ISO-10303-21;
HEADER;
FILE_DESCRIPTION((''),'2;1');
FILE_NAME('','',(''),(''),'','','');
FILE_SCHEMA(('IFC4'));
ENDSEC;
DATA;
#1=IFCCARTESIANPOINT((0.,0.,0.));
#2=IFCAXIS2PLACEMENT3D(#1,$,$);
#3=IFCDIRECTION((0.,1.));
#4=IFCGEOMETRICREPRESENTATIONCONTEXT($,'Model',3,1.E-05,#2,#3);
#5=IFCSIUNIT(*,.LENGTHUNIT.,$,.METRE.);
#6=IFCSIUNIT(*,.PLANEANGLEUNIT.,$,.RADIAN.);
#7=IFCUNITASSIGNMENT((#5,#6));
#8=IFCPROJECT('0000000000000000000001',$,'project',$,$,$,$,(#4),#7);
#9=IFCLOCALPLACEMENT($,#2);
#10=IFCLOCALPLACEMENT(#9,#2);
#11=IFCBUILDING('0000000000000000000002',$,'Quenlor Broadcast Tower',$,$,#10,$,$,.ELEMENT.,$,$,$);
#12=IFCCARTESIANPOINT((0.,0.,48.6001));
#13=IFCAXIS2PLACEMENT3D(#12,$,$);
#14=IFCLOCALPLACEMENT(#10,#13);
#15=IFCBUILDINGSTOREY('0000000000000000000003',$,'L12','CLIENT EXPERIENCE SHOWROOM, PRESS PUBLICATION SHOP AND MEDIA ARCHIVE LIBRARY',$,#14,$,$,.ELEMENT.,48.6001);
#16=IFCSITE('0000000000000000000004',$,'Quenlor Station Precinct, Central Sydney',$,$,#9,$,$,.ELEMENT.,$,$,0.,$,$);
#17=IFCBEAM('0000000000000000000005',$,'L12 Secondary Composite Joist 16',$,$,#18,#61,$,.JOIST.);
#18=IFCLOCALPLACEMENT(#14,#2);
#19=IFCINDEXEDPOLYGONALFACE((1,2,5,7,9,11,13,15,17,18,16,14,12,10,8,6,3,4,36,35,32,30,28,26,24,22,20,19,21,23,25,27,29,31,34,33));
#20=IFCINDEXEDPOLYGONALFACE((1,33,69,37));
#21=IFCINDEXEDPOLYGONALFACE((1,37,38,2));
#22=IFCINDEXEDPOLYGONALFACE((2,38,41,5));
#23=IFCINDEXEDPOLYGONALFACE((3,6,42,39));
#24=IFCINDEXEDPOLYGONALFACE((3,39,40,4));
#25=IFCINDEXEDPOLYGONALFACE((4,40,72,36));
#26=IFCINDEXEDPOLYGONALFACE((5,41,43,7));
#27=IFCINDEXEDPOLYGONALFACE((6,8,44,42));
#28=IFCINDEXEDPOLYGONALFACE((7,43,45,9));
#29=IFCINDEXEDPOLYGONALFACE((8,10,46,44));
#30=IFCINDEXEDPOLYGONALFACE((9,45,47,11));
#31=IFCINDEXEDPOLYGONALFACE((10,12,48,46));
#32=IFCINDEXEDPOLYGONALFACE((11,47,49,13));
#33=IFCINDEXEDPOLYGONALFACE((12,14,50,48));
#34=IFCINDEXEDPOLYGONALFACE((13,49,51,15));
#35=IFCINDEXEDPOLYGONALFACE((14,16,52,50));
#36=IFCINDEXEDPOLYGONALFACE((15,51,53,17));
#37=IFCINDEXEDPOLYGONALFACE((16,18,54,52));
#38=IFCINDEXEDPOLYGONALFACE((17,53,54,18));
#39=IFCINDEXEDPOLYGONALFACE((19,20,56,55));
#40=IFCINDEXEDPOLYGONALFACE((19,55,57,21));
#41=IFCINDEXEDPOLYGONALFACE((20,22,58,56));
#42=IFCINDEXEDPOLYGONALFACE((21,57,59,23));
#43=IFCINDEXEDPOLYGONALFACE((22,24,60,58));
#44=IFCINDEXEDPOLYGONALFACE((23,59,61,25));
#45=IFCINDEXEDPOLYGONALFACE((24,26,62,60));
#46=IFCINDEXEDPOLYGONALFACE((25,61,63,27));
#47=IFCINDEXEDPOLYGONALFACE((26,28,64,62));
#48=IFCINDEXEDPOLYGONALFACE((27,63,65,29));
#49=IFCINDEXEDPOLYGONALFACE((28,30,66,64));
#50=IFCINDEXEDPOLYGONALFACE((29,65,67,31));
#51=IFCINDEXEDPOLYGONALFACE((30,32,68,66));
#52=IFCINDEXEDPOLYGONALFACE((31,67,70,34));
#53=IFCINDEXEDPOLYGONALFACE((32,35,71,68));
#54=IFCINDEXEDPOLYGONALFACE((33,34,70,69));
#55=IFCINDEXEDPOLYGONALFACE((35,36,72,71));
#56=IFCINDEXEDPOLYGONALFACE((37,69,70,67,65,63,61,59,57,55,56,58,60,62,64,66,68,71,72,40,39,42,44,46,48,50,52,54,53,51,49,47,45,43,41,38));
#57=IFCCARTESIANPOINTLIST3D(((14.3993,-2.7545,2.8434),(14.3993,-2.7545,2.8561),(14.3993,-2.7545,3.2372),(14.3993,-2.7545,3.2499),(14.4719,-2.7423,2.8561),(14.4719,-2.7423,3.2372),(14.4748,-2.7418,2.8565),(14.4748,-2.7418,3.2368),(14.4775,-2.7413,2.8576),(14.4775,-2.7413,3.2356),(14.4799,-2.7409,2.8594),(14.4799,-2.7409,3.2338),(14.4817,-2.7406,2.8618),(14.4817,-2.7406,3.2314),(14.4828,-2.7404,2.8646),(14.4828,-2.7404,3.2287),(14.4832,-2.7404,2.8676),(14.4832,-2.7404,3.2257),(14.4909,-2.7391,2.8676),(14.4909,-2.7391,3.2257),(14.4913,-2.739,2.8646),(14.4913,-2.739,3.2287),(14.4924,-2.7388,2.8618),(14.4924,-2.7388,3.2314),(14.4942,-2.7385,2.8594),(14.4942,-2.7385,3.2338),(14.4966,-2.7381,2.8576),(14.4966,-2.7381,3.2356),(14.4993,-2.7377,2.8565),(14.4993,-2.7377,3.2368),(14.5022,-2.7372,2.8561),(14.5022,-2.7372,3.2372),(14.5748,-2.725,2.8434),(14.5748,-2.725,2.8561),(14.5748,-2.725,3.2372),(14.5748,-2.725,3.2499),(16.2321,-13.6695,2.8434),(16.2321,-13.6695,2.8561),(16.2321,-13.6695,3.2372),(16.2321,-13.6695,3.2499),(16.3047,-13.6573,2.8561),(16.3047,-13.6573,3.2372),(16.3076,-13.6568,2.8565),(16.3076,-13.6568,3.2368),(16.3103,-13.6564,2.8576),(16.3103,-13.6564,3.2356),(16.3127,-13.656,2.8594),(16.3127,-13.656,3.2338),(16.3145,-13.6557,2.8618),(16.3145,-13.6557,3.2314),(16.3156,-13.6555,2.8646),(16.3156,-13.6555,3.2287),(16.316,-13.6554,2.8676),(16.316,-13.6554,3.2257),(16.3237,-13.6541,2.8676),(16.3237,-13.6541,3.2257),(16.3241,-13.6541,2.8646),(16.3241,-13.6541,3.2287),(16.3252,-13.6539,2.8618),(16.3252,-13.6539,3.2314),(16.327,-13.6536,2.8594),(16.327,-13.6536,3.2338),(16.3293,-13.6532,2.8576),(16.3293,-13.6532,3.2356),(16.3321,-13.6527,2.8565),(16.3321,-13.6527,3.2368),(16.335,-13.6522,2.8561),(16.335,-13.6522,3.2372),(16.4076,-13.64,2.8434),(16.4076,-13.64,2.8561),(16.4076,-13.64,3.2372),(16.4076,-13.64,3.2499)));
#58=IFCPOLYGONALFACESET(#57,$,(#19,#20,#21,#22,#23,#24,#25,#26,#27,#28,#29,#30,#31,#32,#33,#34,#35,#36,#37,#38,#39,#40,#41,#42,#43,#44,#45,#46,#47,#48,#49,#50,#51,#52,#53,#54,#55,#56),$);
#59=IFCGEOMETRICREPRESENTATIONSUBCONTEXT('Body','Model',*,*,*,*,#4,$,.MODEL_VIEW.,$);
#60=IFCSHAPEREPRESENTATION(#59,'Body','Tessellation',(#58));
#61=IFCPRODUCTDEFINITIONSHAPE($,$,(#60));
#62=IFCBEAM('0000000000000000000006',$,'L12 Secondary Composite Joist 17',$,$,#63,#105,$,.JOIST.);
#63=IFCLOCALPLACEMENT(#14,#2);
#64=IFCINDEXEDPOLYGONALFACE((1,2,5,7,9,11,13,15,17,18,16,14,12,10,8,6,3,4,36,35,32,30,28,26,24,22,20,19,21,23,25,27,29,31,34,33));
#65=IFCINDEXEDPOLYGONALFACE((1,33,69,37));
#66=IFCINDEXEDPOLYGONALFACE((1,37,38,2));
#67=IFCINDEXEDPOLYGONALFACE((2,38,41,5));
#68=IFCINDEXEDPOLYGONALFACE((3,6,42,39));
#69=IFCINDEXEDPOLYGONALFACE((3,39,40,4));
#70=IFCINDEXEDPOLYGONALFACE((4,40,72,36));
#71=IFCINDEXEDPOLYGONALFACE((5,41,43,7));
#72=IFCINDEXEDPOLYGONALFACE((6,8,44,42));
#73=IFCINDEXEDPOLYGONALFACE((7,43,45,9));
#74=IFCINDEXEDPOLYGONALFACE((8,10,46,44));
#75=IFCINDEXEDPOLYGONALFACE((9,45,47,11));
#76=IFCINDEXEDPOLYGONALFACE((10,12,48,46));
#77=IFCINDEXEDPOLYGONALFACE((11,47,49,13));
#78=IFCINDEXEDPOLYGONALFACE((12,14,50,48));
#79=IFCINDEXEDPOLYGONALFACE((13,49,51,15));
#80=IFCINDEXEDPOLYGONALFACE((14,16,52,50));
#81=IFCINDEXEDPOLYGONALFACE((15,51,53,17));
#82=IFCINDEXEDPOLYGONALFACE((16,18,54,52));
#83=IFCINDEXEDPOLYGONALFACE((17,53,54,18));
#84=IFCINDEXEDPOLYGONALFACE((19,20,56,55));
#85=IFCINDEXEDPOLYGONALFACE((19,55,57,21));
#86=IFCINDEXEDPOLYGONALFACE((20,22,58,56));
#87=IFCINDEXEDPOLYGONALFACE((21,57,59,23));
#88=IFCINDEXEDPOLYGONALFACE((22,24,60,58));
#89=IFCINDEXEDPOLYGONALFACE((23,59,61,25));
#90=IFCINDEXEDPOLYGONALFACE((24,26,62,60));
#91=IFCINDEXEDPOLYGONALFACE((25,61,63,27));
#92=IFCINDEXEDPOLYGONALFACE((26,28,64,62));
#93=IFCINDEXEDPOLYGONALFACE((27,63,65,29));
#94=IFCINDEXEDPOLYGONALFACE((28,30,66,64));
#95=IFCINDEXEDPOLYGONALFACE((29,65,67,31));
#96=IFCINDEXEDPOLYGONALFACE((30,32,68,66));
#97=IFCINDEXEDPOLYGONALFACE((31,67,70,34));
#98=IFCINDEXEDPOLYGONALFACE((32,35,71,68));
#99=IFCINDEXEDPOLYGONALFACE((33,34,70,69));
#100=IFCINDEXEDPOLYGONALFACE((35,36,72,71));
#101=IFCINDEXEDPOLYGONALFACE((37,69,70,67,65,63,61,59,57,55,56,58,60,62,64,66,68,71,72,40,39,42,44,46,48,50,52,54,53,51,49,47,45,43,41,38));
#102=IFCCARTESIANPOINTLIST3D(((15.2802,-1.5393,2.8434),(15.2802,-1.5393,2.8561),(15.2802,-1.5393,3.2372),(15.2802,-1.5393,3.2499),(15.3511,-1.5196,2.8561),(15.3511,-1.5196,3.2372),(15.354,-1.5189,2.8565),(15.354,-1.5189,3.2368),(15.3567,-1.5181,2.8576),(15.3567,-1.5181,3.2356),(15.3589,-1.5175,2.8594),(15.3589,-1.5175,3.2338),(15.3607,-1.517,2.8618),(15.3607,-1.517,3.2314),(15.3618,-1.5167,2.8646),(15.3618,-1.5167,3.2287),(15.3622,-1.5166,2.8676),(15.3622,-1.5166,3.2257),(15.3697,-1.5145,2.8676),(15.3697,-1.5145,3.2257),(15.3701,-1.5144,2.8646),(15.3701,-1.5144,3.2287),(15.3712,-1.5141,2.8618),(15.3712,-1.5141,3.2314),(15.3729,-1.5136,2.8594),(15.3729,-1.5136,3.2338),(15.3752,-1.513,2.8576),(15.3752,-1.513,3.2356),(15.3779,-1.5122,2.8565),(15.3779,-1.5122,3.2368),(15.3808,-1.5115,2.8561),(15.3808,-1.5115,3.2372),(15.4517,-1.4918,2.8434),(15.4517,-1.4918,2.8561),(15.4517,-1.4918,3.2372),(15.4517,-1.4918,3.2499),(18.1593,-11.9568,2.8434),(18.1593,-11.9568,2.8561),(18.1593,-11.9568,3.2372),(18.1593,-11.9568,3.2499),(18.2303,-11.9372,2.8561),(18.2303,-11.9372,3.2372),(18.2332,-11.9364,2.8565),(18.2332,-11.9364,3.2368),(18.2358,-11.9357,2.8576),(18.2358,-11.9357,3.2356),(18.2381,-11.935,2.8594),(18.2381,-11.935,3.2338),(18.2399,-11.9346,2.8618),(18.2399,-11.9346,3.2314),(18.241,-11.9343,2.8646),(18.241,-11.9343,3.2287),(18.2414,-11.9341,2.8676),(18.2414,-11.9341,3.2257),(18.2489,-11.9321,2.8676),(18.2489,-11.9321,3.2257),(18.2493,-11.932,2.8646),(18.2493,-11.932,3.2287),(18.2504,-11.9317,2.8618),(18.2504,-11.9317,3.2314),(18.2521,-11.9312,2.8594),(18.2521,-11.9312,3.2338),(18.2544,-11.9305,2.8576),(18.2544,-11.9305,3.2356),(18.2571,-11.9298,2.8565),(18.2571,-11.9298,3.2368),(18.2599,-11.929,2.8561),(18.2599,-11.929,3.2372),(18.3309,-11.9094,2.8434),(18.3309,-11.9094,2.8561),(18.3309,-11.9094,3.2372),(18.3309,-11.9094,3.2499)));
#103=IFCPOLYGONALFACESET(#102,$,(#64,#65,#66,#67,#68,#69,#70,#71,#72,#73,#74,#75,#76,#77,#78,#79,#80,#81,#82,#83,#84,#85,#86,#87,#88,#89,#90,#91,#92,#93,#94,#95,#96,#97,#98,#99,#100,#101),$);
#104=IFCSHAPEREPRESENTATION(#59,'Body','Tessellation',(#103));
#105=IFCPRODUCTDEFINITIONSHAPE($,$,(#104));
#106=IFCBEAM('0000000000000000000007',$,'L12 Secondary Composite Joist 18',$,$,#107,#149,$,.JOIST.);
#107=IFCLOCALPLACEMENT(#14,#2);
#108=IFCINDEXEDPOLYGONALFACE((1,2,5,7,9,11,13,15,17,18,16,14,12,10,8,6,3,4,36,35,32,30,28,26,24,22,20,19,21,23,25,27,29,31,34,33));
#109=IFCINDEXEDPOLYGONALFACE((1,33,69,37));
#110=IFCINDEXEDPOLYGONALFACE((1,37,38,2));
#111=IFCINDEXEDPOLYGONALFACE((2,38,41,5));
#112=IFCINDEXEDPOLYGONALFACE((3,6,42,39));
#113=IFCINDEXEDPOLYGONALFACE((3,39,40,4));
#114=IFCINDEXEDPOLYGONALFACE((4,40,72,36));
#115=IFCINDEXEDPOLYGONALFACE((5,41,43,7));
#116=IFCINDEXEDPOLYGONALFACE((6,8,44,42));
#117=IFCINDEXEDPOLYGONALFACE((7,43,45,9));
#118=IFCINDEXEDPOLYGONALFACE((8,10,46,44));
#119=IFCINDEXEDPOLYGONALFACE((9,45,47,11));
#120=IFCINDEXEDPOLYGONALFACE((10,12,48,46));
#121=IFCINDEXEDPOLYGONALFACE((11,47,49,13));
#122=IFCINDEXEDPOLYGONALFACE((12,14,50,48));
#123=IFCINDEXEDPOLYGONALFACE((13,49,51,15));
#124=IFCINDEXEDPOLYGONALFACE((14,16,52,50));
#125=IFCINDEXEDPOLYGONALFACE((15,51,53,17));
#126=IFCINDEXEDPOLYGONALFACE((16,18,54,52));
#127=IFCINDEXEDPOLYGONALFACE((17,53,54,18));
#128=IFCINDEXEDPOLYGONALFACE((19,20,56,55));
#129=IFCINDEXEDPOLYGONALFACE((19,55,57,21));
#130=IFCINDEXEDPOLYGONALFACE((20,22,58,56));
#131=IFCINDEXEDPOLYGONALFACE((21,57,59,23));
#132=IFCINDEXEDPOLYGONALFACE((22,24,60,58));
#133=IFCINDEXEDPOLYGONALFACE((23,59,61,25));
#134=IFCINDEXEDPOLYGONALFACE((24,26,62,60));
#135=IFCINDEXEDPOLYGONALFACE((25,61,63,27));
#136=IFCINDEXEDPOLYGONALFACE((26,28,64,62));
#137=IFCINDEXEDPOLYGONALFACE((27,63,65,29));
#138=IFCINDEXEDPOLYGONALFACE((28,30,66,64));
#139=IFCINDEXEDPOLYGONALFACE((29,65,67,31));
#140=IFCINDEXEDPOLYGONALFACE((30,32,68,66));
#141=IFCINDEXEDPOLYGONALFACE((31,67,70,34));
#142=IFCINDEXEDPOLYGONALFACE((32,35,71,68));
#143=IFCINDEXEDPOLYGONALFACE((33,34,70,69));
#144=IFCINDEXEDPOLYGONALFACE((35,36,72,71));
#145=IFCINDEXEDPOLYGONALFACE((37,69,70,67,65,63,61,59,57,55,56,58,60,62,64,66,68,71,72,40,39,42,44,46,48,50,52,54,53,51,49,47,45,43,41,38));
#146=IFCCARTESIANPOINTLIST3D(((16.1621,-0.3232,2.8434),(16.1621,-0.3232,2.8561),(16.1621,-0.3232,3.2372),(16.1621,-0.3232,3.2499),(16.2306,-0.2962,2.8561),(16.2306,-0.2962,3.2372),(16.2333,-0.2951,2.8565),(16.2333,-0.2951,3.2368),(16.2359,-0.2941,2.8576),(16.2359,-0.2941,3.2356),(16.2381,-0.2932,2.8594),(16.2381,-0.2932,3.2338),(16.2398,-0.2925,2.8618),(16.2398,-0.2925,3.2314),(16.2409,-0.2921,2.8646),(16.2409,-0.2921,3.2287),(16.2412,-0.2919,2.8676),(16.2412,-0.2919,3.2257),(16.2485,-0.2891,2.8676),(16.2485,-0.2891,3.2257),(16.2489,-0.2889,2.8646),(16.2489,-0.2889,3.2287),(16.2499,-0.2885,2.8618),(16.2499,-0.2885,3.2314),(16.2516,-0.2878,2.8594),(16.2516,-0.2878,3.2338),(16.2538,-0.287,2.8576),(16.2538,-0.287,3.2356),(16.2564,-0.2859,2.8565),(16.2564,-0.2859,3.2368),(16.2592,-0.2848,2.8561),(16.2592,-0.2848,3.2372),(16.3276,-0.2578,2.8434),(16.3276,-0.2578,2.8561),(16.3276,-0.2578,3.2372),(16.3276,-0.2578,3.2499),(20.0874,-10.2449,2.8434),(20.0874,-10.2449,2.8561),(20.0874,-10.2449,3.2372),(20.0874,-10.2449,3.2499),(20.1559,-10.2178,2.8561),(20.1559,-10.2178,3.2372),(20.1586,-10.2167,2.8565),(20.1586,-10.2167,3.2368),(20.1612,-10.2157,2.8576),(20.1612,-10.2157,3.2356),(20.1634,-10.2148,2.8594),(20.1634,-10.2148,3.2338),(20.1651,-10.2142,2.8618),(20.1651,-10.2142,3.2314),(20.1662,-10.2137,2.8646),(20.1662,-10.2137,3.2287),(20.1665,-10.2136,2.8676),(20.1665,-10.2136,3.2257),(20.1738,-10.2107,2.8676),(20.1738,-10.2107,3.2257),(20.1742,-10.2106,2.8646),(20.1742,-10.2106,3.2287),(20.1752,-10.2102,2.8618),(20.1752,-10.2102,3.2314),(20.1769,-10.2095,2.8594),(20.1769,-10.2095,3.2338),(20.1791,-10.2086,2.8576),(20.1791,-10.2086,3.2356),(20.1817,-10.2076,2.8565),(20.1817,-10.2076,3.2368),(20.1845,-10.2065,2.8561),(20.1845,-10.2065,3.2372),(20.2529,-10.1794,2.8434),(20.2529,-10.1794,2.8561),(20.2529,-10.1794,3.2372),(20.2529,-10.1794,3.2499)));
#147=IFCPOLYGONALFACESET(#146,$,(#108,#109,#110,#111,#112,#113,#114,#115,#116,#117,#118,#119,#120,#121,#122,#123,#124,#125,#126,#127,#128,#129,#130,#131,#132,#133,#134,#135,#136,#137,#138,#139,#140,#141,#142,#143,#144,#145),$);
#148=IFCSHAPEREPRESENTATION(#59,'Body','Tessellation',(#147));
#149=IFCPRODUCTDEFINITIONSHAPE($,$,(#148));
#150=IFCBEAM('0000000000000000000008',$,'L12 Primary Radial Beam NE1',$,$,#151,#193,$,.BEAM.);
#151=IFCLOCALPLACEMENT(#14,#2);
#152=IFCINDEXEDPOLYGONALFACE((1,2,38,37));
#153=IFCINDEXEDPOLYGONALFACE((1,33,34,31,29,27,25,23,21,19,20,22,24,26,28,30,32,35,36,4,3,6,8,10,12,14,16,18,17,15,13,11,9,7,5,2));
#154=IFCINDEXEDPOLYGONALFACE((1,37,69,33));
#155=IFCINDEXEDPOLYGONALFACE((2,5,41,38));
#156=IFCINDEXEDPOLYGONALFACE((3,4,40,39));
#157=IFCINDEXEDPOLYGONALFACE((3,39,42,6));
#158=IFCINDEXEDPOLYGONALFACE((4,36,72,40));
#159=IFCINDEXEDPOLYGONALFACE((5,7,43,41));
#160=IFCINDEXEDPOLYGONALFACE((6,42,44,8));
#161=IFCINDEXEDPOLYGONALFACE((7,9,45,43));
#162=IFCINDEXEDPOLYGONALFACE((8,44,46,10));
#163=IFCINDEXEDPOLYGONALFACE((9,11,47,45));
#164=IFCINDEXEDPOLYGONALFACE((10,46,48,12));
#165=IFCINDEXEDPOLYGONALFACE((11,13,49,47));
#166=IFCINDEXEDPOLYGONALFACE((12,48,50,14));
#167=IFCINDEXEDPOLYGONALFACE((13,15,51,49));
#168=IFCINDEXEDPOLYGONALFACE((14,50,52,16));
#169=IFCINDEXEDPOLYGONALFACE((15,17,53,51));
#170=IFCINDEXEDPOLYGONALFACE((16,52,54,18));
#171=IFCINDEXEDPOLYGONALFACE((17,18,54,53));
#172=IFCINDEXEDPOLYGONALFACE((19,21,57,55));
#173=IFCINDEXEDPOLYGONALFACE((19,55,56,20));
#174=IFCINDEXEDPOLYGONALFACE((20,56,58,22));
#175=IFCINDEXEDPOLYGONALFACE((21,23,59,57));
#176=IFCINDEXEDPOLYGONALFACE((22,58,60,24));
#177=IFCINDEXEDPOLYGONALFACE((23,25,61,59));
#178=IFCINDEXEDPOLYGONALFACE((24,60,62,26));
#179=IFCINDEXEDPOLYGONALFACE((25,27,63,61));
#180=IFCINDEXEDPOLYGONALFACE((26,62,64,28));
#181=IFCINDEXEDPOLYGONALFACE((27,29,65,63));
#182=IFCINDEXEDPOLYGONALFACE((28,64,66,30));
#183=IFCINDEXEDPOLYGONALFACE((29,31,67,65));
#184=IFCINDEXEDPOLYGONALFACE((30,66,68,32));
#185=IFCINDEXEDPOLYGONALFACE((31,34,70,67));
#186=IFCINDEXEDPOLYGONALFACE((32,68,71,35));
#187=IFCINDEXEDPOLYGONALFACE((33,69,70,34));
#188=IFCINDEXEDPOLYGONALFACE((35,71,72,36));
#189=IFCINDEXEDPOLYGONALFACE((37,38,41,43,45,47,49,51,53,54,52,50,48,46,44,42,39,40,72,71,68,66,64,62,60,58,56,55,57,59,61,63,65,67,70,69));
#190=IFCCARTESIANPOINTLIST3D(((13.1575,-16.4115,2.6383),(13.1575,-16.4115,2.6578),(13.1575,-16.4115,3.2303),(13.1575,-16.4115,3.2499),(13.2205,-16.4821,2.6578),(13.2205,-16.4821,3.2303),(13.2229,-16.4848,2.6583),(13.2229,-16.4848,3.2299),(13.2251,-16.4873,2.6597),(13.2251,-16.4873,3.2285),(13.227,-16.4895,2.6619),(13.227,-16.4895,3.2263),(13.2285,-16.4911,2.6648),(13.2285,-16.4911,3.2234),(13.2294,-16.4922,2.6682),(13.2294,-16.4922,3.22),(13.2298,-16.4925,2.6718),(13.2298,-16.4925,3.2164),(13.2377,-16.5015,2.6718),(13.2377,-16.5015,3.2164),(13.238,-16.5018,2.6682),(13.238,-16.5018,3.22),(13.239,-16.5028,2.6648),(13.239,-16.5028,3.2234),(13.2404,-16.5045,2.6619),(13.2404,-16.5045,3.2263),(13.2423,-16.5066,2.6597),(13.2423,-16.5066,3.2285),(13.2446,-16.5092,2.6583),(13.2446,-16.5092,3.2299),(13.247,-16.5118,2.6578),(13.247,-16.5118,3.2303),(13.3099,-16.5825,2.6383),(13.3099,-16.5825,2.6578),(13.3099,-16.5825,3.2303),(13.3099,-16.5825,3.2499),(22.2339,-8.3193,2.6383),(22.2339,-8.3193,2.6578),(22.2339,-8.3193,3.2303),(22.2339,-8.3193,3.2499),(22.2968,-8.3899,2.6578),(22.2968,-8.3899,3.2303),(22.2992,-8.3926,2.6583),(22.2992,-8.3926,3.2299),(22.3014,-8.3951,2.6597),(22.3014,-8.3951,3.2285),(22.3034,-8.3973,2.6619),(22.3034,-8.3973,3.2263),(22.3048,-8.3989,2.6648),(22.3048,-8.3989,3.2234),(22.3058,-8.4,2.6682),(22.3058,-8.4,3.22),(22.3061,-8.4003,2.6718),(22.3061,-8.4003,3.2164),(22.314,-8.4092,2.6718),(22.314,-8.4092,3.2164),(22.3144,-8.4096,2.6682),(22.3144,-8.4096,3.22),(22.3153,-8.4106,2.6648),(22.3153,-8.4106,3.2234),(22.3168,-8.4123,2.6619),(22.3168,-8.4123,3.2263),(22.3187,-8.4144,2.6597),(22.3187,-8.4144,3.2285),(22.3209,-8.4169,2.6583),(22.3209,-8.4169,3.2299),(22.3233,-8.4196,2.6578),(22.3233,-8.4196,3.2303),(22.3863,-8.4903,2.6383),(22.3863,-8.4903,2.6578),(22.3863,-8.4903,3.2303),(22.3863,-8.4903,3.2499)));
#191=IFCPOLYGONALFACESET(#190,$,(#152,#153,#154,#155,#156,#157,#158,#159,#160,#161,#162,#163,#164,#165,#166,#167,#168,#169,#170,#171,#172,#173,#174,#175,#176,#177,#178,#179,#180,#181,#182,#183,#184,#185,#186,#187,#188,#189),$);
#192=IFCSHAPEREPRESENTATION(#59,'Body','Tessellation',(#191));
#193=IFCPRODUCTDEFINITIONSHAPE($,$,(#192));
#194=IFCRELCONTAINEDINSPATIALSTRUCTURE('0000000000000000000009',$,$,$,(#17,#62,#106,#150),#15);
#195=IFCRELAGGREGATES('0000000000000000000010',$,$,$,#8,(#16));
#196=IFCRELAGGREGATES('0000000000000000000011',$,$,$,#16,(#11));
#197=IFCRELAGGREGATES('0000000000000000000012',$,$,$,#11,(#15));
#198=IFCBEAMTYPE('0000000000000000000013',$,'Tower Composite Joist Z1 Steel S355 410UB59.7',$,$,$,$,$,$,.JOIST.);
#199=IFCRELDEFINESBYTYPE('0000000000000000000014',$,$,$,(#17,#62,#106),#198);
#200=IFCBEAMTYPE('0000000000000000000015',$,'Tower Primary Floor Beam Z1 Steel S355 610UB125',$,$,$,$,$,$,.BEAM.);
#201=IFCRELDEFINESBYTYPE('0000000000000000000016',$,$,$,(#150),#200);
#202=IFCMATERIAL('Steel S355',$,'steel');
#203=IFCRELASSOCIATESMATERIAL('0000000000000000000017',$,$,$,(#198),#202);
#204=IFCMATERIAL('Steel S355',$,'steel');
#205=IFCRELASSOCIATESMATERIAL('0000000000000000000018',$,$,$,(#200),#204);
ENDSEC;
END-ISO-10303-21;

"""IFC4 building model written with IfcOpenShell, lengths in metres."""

from ifc_helpers import new_model, si_unit, direction, frame, origin, origin_2d, place, context, subcontext, project, spatial, i_section, extrude, material, material_profile, profile_set, type_object, element, save


model = new_model("IFC4")

# Units and contexts
model_context = context("Model", 3, precision=1e-05, world=origin(), true_north=direction((0.0, 1.0)))
body_context = subcontext(model_context, "Body", "Model", "MODEL_VIEW")
ifc_project = project(units=[si_unit("LENGTHUNIT", "METRE"), si_unit("PLANEANGLEUNIT", "RADIAN")], contexts=[model_context])

# Site, building, storey
site_placement = place(None, origin())
site = spatial("IfcSite", under=ifc_project, at=site_placement, Name="Quenlor Station Precinct, Central Sydney", CompositionType="ELEMENT", RefElevation=0.0)
building_placement = place(site_placement, origin())
building = spatial("IfcBuilding", under=site, at=building_placement, Name="Quenlor Broadcast Tower", CompositionType="ELEMENT")
storey_placement = place(building_placement, frame((0.0, 0.0, 48.6001)))
storey = spatial("IfcBuildingStorey", under=building, at=storey_placement, Name="L12", Description="CLIENT EXPERIENCE SHOWROOM, PRESS PUBLICATION SHOP AND MEDIA ARCHIVE LIBRARY", CompositionType="ELEMENT", Elevation=48.6001)

# Beams
ifc_material_1 = material(Name="Steel S355", Category="steel")
ifc_material_profile_1 = material_profile(ifc_material_1, i_section(OverallWidth=0.178, OverallDepth=0.4065, WebThickness=0.0078, FlangeThickness=0.0127, FilletRadius=0.0115, at=origin_2d()))
ifc_profile_set_1 = profile_set([ifc_material_profile_1], Name="Steel S355 410UB59.7")
beam_type_1 = type_object("IfcBeamType", Name="Tower Composite Joist Z1 Steel S355 410UB59.7", PredefinedType="JOIST", material=ifc_profile_set_1)
beam_1_placement = place(storey_placement, frame((16.3198, -13.6548, 3.0466), z_axis=(-0.165594, 0.986194, 0.0), x_axis=(-0.986194, -0.165594, 0.0)))
element("IfcBeam", 1, at=beam_1_placement, inside=storey, type_object=beam_type_1, Name="L12 Secondary Composite Joist 16", PredefinedType="JOIST", context=body_context, shape_type="SweptSolid", body=[
    extrude(i_section(OverallWidth=0.178, OverallDepth=0.4065, WebThickness=0.0078, FlangeThickness=0.0127, FilletRadius=0.0115, at=origin_2d()), origin(), (0.0, 0.0, 1.0), 11.0679),
])
beam_2_placement = place(storey_placement, frame((18.2451, -11.9331, 3.0466), z_axis=(-0.26639, 0.963865, 0.0), x_axis=(-0.963865, -0.26639, 0.0)))
element("IfcBeam", 2, at=beam_2_placement, inside=storey, type_object=beam_type_1, Name="L12 Secondary Composite Joist 17", PredefinedType="JOIST", context=body_context, shape_type="SweptSolid", body=[
    extrude(i_section(OverallWidth=0.178, OverallDepth=0.4065, WebThickness=0.0078, FlangeThickness=0.0127, FilletRadius=0.0115, at=origin_2d()), origin(), (0.0, 0.0, 1.0), 10.8081),
])
beam_3_placement = place(storey_placement, frame((20.1702, -10.2122, 3.0466), z_axis=(-0.367885, 0.929871, 0.0), x_axis=(-0.929871, -0.367885, 0.0)))
element("IfcBeam", 3, at=beam_3_placement, inside=storey, type_object=beam_type_1, Name="L12 Secondary Composite Joist 18", PredefinedType="JOIST", context=body_context, shape_type="SweptSolid", body=[
    extrude(i_section(OverallWidth=0.178, OverallDepth=0.4065, WebThickness=0.0078, FlangeThickness=0.0127, FilletRadius=0.0115, at=origin_2d()), origin(), (0.0, 0.0, 1.0), 10.6699),
])
ifc_material_2 = material(Name="Steel S355", Category="steel")
ifc_material_profile_2 = material_profile(ifc_material_2, i_section(OverallWidth=0.229, OverallDepth=0.6116, WebThickness=0.012, FlangeThickness=0.0195, FilletRadius=0.0139, at=origin_2d()))
ifc_profile_set_2 = profile_set([ifc_material_profile_2], Name="Steel S355 610UB125")
beam_type_2 = type_object("IfcBeamType", Name="Tower Primary Floor Beam Z1 Steel S355 610UB125", PredefinedType="BEAM", material=ifc_profile_set_2)
beam_4_placement = place(storey_placement, frame((22.3101, -8.4048, 2.9441), z_axis=(-0.746414, -0.665482, 0.0), x_axis=(0.665482, -0.746414, 0.0)))
element("IfcBeam", 4, at=beam_4_placement, inside=storey, type_object=beam_type_2, Name="L12 Primary Radial Beam NE1", PredefinedType="BEAM", context=body_context, shape_type="SweptSolid", body=[
    extrude(i_section(OverallWidth=0.229, OverallDepth=0.6116, WebThickness=0.012, FlangeThickness=0.0195, FilletRadius=0.0139, at=origin_2d()), origin(), (0.0, 0.0, 1.0), 12.1599),
])

save(model, "model.ifc")
